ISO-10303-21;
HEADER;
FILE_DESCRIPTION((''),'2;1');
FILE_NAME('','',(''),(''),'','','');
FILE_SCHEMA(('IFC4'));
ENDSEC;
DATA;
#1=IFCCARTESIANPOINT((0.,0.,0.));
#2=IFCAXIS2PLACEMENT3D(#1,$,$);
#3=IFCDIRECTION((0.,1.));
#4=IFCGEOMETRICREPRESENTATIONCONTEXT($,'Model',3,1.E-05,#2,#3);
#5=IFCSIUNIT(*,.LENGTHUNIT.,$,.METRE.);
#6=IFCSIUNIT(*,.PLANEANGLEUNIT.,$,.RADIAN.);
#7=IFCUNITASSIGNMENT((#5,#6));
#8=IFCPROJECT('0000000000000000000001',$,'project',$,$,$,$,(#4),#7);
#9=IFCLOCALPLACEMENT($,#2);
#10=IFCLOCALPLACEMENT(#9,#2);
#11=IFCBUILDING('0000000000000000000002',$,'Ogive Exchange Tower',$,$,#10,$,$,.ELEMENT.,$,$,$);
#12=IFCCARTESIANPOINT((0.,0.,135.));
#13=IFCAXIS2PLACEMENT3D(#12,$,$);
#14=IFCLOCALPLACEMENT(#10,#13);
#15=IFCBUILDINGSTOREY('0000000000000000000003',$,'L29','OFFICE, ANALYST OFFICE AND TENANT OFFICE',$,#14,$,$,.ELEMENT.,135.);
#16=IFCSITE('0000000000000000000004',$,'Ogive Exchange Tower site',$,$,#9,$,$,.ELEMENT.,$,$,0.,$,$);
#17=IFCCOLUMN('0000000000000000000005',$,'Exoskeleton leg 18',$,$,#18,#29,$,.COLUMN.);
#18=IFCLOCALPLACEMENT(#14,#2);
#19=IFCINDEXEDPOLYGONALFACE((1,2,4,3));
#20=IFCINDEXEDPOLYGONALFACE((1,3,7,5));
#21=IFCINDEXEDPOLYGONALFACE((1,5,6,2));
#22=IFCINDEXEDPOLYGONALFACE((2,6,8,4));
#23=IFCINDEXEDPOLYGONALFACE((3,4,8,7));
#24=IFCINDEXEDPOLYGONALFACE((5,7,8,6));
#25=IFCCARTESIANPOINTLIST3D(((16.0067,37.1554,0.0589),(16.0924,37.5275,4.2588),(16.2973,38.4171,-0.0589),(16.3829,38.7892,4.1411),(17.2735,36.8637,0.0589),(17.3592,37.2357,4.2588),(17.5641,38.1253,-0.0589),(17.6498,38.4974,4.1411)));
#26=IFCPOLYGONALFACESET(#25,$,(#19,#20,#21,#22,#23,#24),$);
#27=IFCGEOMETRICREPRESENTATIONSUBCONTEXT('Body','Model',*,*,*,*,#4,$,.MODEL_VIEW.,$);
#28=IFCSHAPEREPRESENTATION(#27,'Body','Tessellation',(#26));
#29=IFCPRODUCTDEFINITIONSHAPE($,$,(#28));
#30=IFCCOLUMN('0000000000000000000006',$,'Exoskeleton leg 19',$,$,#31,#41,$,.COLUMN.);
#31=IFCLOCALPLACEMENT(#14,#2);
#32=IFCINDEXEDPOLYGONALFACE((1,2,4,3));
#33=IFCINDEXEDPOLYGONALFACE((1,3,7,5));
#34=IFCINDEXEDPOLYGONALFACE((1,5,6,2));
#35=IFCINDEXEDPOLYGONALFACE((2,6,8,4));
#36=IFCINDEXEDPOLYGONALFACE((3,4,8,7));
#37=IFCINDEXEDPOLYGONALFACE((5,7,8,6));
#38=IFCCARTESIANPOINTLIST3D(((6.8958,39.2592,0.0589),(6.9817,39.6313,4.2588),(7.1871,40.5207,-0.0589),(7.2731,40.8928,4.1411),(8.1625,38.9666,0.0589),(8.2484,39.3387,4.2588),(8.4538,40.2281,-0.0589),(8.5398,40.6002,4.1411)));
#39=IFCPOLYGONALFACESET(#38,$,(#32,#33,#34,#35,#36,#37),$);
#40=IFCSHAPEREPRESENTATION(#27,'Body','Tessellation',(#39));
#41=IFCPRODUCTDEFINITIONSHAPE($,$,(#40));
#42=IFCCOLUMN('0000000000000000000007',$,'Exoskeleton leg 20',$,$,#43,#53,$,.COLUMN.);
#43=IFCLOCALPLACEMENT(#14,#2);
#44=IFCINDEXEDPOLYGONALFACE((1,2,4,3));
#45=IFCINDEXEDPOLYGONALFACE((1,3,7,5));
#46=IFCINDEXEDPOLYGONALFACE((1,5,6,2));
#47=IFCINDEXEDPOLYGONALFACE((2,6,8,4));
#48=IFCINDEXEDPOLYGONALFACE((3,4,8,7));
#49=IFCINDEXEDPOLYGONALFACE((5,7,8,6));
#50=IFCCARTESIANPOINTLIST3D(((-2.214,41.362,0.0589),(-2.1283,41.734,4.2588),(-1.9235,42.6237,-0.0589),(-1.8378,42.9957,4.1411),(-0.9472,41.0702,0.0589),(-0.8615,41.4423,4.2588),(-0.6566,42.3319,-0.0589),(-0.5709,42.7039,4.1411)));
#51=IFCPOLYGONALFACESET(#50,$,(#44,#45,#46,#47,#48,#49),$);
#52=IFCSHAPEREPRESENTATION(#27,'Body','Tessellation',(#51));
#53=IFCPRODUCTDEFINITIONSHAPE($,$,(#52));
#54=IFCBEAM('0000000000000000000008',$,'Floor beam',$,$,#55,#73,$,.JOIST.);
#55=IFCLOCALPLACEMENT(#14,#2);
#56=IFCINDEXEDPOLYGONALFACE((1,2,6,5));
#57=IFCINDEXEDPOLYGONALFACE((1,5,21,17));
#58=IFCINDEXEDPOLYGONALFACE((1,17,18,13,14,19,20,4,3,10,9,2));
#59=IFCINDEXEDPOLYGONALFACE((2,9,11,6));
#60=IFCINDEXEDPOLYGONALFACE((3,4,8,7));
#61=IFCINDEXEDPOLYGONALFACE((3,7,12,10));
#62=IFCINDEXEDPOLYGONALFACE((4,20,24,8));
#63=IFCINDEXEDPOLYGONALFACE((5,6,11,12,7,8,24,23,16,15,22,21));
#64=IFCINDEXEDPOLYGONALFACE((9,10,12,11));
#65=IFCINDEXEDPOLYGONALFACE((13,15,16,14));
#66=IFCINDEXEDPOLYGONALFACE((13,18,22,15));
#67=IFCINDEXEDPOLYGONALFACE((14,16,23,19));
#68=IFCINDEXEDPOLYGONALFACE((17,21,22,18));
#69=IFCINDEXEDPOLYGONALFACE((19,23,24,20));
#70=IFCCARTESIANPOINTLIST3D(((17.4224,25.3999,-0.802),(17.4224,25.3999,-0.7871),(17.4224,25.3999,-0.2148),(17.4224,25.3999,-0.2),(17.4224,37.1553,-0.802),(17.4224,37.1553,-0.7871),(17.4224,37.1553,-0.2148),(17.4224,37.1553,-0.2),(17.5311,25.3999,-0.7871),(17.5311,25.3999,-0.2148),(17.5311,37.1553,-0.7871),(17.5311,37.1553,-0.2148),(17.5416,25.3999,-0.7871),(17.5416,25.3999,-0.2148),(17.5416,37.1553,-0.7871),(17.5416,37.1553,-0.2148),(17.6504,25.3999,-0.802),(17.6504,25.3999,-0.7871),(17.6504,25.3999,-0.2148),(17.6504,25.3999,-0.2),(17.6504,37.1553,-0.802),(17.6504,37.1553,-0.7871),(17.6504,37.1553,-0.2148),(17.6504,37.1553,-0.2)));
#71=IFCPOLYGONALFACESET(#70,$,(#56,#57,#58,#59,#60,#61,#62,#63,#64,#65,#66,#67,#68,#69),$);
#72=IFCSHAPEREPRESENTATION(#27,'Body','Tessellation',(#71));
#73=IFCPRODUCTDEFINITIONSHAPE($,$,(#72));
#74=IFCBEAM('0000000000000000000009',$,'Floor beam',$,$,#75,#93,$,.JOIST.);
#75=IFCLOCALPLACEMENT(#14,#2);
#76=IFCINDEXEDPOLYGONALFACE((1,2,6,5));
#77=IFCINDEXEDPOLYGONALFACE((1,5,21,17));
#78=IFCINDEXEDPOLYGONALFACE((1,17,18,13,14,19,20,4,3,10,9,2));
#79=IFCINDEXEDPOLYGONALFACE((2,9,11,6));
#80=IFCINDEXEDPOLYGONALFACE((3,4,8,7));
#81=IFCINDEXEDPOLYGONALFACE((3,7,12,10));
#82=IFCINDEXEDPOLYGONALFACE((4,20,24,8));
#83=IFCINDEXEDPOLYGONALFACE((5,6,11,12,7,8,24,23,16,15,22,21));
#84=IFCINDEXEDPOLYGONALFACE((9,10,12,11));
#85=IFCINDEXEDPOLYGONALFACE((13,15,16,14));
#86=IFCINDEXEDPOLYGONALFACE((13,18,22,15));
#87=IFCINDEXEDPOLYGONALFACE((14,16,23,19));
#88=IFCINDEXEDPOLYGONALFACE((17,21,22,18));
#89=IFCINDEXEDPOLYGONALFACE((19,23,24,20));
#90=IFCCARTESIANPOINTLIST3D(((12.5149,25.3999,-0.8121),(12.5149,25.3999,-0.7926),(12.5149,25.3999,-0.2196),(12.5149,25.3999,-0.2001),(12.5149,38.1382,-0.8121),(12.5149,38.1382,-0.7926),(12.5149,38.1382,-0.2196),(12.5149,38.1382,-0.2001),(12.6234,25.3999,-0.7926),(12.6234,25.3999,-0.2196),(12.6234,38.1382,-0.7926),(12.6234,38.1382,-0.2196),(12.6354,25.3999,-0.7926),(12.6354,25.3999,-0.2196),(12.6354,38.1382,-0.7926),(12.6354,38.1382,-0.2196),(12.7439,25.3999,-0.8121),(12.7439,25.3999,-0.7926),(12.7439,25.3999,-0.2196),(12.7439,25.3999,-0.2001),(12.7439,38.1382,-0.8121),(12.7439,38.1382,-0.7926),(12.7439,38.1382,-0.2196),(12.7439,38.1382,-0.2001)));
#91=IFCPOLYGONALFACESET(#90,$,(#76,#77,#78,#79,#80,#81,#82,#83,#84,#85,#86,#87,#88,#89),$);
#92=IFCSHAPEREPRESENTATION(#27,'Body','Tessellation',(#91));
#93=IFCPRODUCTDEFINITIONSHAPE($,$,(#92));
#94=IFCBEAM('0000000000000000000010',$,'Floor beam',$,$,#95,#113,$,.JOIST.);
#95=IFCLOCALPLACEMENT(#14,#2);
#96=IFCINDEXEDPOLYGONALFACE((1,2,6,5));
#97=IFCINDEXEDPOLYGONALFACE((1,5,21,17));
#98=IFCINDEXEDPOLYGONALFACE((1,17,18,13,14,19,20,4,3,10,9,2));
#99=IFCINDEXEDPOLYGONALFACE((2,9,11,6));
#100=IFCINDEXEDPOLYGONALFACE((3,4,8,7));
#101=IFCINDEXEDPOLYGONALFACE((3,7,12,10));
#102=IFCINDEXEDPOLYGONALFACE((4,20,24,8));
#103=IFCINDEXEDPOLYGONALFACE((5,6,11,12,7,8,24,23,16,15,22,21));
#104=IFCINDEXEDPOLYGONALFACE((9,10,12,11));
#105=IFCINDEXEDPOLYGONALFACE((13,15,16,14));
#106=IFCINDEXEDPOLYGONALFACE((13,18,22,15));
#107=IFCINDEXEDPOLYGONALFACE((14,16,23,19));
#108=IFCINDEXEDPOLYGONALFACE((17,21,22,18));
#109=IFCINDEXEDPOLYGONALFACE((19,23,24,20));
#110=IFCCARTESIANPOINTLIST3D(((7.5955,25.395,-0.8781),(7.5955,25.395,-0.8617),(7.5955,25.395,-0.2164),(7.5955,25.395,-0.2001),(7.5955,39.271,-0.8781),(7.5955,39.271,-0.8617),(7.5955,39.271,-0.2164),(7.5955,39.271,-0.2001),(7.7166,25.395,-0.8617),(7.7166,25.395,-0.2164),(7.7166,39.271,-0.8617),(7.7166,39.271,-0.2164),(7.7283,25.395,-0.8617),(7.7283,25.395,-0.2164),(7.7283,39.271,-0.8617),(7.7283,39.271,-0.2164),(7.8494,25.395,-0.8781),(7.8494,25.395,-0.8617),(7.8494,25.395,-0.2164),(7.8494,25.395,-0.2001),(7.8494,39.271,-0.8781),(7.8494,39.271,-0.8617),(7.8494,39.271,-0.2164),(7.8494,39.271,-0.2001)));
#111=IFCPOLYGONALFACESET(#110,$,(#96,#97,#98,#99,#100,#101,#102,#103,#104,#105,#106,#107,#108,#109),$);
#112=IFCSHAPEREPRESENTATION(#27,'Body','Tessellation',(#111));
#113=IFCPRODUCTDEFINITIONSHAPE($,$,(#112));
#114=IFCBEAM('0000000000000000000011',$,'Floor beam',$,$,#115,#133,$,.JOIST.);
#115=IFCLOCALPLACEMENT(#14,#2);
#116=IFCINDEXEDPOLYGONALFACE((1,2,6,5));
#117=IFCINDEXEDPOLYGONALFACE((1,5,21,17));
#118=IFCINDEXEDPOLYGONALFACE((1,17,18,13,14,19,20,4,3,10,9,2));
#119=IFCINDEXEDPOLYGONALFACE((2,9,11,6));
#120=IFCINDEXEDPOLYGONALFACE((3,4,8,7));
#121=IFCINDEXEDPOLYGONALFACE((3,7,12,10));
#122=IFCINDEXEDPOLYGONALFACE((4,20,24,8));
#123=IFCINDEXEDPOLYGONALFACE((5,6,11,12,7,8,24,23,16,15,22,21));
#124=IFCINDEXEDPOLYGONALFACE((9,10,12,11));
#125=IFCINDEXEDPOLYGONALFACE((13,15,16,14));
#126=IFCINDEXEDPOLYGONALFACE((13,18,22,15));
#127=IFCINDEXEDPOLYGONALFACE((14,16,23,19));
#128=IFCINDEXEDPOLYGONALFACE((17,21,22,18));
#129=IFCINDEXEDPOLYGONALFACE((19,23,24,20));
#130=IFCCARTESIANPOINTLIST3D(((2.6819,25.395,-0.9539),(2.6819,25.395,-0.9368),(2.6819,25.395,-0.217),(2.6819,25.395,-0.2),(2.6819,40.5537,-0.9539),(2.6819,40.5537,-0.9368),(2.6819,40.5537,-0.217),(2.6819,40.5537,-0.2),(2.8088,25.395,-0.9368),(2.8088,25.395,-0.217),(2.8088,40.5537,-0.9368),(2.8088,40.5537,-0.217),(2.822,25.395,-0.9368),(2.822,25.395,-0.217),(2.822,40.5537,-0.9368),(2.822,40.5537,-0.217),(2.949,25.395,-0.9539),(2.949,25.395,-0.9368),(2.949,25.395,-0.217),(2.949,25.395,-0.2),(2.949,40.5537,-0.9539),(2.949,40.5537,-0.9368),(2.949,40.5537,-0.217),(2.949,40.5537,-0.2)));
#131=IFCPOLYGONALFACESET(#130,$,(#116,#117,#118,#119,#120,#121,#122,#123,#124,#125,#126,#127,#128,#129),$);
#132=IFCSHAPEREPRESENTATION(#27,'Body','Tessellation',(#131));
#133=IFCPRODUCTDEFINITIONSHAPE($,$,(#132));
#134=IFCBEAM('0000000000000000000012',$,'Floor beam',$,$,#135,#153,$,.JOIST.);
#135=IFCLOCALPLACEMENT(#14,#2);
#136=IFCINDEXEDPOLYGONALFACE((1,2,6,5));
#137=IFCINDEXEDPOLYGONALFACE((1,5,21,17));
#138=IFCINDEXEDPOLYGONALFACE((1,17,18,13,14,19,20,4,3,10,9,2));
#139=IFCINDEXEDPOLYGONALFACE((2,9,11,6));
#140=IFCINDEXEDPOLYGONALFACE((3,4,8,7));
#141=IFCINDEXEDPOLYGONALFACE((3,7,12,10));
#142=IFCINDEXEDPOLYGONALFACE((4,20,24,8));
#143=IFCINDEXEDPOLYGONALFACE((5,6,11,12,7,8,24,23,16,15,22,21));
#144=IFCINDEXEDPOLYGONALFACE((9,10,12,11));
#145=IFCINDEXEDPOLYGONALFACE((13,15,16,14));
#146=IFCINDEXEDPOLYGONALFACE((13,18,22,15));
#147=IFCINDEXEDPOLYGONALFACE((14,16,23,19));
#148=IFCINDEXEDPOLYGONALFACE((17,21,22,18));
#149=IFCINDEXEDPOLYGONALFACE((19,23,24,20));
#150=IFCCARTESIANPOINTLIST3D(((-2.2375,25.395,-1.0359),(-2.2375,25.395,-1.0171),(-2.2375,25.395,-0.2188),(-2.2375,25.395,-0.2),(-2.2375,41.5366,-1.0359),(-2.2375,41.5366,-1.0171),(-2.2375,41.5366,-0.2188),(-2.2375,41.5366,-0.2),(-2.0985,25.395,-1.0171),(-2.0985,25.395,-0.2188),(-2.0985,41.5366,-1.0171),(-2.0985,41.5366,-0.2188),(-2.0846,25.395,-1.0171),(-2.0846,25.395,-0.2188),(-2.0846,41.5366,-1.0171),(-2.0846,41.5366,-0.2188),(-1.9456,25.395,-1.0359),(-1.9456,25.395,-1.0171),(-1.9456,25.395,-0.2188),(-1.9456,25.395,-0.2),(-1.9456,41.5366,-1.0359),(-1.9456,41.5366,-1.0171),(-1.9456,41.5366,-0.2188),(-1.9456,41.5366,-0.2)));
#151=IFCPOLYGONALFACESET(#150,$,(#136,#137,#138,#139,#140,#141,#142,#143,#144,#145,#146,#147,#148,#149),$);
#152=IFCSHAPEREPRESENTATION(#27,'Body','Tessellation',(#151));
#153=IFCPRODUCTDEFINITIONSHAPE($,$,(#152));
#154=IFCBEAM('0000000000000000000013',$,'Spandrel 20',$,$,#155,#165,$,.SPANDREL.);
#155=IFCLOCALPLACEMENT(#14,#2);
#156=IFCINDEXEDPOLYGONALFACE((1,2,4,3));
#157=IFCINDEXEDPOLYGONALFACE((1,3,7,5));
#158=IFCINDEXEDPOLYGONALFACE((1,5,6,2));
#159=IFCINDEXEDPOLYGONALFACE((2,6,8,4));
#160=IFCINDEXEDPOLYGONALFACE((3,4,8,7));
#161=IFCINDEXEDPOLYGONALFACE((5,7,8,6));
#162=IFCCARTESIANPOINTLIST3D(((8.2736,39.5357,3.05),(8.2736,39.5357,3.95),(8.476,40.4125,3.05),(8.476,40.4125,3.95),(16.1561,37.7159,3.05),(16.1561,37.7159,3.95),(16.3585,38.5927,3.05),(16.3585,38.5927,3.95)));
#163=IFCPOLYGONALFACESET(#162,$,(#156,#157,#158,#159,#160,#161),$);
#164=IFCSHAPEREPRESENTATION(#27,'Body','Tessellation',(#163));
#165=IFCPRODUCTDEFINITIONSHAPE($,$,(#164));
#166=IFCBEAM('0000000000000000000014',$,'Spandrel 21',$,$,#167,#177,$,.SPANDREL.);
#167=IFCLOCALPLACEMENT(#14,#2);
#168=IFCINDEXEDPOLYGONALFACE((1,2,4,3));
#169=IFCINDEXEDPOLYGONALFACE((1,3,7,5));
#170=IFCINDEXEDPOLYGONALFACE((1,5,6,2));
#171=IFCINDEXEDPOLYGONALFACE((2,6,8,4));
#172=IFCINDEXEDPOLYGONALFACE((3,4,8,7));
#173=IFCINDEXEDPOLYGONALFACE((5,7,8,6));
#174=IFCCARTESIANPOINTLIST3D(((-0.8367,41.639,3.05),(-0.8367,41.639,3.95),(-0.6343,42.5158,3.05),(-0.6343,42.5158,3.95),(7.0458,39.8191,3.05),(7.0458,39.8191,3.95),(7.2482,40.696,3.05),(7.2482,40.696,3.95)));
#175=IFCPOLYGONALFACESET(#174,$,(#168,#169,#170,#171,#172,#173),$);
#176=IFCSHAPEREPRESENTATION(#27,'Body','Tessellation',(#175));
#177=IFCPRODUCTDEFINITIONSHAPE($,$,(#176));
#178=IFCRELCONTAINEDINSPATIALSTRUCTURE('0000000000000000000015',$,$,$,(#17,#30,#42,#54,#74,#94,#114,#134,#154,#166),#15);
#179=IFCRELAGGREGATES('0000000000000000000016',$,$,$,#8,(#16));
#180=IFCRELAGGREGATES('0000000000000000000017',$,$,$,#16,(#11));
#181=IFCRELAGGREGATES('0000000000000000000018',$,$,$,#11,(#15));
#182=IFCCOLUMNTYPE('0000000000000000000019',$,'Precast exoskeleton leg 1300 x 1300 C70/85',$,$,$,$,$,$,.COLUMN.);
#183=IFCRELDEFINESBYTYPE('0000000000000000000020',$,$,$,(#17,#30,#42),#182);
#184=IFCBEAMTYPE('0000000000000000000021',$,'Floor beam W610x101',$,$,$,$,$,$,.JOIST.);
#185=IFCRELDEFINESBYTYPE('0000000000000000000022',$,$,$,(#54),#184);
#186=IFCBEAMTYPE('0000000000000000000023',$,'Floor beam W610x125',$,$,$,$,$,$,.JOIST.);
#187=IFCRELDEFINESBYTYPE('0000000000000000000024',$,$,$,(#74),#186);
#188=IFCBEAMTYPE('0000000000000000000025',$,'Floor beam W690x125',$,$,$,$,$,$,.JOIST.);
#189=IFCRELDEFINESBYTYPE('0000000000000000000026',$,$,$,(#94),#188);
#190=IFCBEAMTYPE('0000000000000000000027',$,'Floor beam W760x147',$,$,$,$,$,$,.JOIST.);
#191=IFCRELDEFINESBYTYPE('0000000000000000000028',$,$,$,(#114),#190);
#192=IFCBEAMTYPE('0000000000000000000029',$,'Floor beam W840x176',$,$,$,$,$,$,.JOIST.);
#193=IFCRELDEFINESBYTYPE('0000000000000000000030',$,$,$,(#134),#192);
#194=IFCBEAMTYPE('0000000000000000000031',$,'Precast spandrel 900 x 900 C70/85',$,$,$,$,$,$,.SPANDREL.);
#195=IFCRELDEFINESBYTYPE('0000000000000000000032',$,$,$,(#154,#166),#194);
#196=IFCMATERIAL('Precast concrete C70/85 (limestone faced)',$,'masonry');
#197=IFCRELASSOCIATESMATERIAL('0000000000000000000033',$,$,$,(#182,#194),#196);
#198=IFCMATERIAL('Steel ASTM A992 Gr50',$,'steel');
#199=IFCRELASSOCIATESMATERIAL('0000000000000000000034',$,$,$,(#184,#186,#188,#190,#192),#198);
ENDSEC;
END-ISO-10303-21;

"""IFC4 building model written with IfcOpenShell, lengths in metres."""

from ifc_helpers import new_model, si_unit, direction, frame, origin, origin_2d, place, context, subcontext, project, spatial, rectangle, i_section, extrude, material, material_profile, profile_set, type_object, element, save


model = new_model("IFC4")

# Units and contexts
model_context = context("Model", 3, precision=1e-05, world=origin(), true_north=direction((0.0, 1.0)))
body_context = subcontext(model_context, "Body", "Model", "MODEL_VIEW")
ifc_project = project(units=[si_unit("LENGTHUNIT", "METRE"), si_unit("PLANEANGLEUNIT", "RADIAN")], contexts=[model_context])

# Site, building, storey
site_placement = place(None, origin())
site = spatial("IfcSite", under=ifc_project, at=site_placement, Name="Ogive Exchange Tower site", CompositionType="ELEMENT", RefElevation=0.0)
building_placement = place(site_placement, origin())
building = spatial("IfcBuilding", under=site, at=building_placement, Name="Ogive Exchange Tower", CompositionType="ELEMENT")
storey_placement = place(building_placement, frame((0.0, 0.0, 135.0)))
storey = spatial("IfcBuildingStorey", under=building, at=storey_placement, Name="L29", Description="OFFICE, ANALYST OFFICE AND TENANT OFFICE", CompositionType="ELEMENT", Elevation=135.0)

# Columns
ifc_material_1 = material(Name="Precast concrete C70/85 (limestone faced)", Category="masonry")
ifc_material_profile_1 = material_profile(ifc_material_1, rectangle(XDim=1.3, YDim=1.3, at=origin_2d()), Name="1300 x 1300")
ifc_profile_set_1 = profile_set([ifc_material_profile_1], Name="Precast concrete C70/85 (limestone faced)")
column_type = type_object("IfcColumnType", Name="Precast exoskeleton leg 1300 x 1300 C70/85", PredefinedType="COLUMN", material=ifc_profile_set_1)
for number, where, z_axis, x_axis, name in (
    (1, (16.7854, 37.6404, 0.0), (0.02032, 0.088225, 0.995893), (-0.974488, 0.224439, 0.0), "Exoskeleton leg 18"),
    (2, (7.6748, 39.7437, 0.0), (0.020377, 0.088225, 0.995892), (-0.974348, 0.225046, 0.0), "Exoskeleton leg 19"),
    (3, (-1.4353, 41.8469, 0.0), (0.02032, 0.088225, 0.995893), (-0.974488, 0.224439, 0.0), "Exoskeleton leg 20"),
):
    element("IfcColumn", number, at=place(storey_placement, frame(where, z_axis=z_axis, x_axis=x_axis)), inside=storey, type_object=column_type, Name=name, PredefinedType="COLUMN", context=body_context, shape_type="SweptSolid", body=[
        extrude(rectangle(XDim=1.3, YDim=1.3, at=origin_2d()), origin(), (0.0, 0.0, 1.0), 4.2173),
    ])

# Beams
ifc_material_2 = material(Name="Steel ASTM A992 Gr50", Category="steel")
ifc_material_profile_2 = material_profile(ifc_material_2, i_section(OverallWidth=0.228, OverallDepth=0.6021, WebThickness=0.0105, FlangeThickness=0.0149, at=origin_2d()), Name="W610x101")
ifc_profile_set_2 = profile_set([ifc_material_profile_2], Name="Steel ASTM A992 Gr50")
beam_type_1 = type_object("IfcBeamType", Name="Floor beam W610x101", PredefinedType="JOIST", material=ifc_profile_set_2)
beam_1_placement = place(storey_placement, frame((17.5364, 25.3999, -0.501), z_axis=(0.0, 1.0, 0.0), x_axis=(-1.0, 0.0, 0.0)))
element("IfcBeam", 4, at=beam_1_placement, inside=storey, type_object=beam_type_1, Name="Floor beam", PredefinedType="JOIST", context=body_context, shape_type="SweptSolid", body=[
    extrude(i_section(OverallWidth=0.228, OverallDepth=0.6021, WebThickness=0.0105, FlangeThickness=0.0149, at=origin_2d()), origin(), (0.0, 0.0, 1.0), 11.7554),
])
ifc_material_profile_3 = material_profile(ifc_material_2, i_section(OverallWidth=0.229, OverallDepth=0.6121, WebThickness=0.012, FlangeThickness=0.0195, at=origin_2d()), Name="W610x125")
ifc_profile_set_3 = profile_set([ifc_material_profile_3], Name="Steel ASTM A992 Gr50")
beam_type_2 = type_object("IfcBeamType", Name="Floor beam W610x125", PredefinedType="JOIST", material=ifc_profile_set_3)
beam_2_placement = place(storey_placement, frame((12.6294, 25.3999, -0.5061), z_axis=(0.0, 1.0, 0.0), x_axis=(-1.0, 0.0, 0.0)))
element("IfcBeam", 5, at=beam_2_placement, inside=storey, type_object=beam_type_2, Name="Floor beam", PredefinedType="JOIST", context=body_context, shape_type="SweptSolid", body=[
    extrude(i_section(OverallWidth=0.229, OverallDepth=0.6121, WebThickness=0.012, FlangeThickness=0.0195, at=origin_2d()), origin(), (0.0, 0.0, 1.0), 12.7383),
])
ifc_material_profile_4 = material_profile(ifc_material_2, i_section(OverallWidth=0.2539, OverallDepth=0.678, WebThickness=0.0117, FlangeThickness=0.0164, at=origin_2d()), Name="W690x125")
ifc_profile_set_4 = profile_set([ifc_material_profile_4], Name="Steel ASTM A992 Gr50")
beam_type_3 = type_object("IfcBeamType", Name="Floor beam W690x125", PredefinedType="JOIST", material=ifc_profile_set_4)
beam_3_placement = place(storey_placement, frame((7.7224, 25.395, -0.5391), z_axis=(0.0, 1.0, 0.0), x_axis=(-1.0, 0.0, 0.0)))
element("IfcBeam", 6, at=beam_3_placement, inside=storey, type_object=beam_type_3, Name="Floor beam", PredefinedType="JOIST", context=body_context, shape_type="SweptSolid", body=[
    extrude(i_section(OverallWidth=0.2539, OverallDepth=0.678, WebThickness=0.0117, FlangeThickness=0.0164, at=origin_2d()), origin(), (0.0, 0.0, 1.0), 13.876),
])
ifc_material_profile_5 = material_profile(ifc_material_2, i_section(OverallWidth=0.2671, OverallDepth=0.7539, WebThickness=0.0132, FlangeThickness=0.0171, at=origin_2d()), Name="W760x147")
ifc_profile_set_5 = profile_set([ifc_material_profile_5], Name="Steel ASTM A992 Gr50")
beam_type_4 = type_object("IfcBeamType", Name="Floor beam W760x147", PredefinedType="JOIST", material=ifc_profile_set_5)
beam_4_placement = place(storey_placement, frame((2.8154, 25.395, -0.5769), z_axis=(0.0, 1.0, 0.0), x_axis=(-1.0, 0.0, 0.0)))
element("IfcBeam", 7, at=beam_4_placement, inside=storey, type_object=beam_type_4, Name="Floor beam", PredefinedType="JOIST", context=body_context, shape_type="SweptSolid", body=[
    extrude(i_section(OverallWidth=0.2671, OverallDepth=0.7539, WebThickness=0.0132, FlangeThickness=0.0171, at=origin_2d()), origin(), (0.0, 0.0, 1.0), 15.1587),
])
ifc_material_profile_6 = material_profile(ifc_material_2, i_section(OverallWidth=0.292, OverallDepth=0.8359, WebThickness=0.0139, FlangeThickness=0.0188, at=origin_2d()), Name="W840x176")
ifc_profile_set_6 = profile_set([ifc_material_profile_6], Name="Steel ASTM A992 Gr50")
beam_type_5 = type_object("IfcBeamType", Name="Floor beam W840x176", PredefinedType="JOIST", material=ifc_profile_set_6)
beam_5_placement = place(storey_placement, frame((-2.0916, 25.395, -0.6179), z_axis=(0.0, 1.0, 0.0), x_axis=(-1.0, 0.0, 0.0)))
element("IfcBeam", 8, at=beam_5_placement, inside=storey, type_object=beam_type_5, Name="Floor beam", PredefinedType="JOIST", context=body_context, shape_type="SweptSolid", body=[
    extrude(i_section(OverallWidth=0.292, OverallDepth=0.8359, WebThickness=0.0139, FlangeThickness=0.0188, at=origin_2d()), origin(), (0.0, 0.0, 1.0), 16.1416),
])
ifc_material_profile_7 = material_profile(ifc_material_1, rectangle(XDim=0.8999, YDim=0.8999, at=origin_2d()), Name="900 x 900")
ifc_profile_set_7 = profile_set([ifc_material_profile_7], Name="Precast concrete C70/85 (limestone faced)")
beam_type_6 = type_object("IfcBeamType", Name="Precast spandrel 900 x 900 C70/85", PredefinedType="SPANDREL", material=ifc_profile_set_7)
for number, where, z_axis, x_axis, name in (
    (9, (16.2573, 38.1543, 3.5), (-0.97437, 0.22495, 0.0), (-0.22495, -0.97437, 0.0), "Spandrel 20"),
    (10, (7.147, 40.2576, 3.5), (-0.97437, 0.22495, 0.0), (-0.22495, -0.97437, 0.0), "Spandrel 21"),
):
    element("IfcBeam", number, at=place(storey_placement, frame(where, z_axis=z_axis, x_axis=x_axis)), inside=storey, type_object=beam_type_6, Name=name, PredefinedType="SPANDREL", context=body_context, shape_type="SweptSolid", body=[
        extrude(rectangle(XDim=0.8999, YDim=0.8999, at=origin_2d()), origin(), (0.0, 0.0, 1.0), 8.0898),
    ])

save(model, "model.ifc")
